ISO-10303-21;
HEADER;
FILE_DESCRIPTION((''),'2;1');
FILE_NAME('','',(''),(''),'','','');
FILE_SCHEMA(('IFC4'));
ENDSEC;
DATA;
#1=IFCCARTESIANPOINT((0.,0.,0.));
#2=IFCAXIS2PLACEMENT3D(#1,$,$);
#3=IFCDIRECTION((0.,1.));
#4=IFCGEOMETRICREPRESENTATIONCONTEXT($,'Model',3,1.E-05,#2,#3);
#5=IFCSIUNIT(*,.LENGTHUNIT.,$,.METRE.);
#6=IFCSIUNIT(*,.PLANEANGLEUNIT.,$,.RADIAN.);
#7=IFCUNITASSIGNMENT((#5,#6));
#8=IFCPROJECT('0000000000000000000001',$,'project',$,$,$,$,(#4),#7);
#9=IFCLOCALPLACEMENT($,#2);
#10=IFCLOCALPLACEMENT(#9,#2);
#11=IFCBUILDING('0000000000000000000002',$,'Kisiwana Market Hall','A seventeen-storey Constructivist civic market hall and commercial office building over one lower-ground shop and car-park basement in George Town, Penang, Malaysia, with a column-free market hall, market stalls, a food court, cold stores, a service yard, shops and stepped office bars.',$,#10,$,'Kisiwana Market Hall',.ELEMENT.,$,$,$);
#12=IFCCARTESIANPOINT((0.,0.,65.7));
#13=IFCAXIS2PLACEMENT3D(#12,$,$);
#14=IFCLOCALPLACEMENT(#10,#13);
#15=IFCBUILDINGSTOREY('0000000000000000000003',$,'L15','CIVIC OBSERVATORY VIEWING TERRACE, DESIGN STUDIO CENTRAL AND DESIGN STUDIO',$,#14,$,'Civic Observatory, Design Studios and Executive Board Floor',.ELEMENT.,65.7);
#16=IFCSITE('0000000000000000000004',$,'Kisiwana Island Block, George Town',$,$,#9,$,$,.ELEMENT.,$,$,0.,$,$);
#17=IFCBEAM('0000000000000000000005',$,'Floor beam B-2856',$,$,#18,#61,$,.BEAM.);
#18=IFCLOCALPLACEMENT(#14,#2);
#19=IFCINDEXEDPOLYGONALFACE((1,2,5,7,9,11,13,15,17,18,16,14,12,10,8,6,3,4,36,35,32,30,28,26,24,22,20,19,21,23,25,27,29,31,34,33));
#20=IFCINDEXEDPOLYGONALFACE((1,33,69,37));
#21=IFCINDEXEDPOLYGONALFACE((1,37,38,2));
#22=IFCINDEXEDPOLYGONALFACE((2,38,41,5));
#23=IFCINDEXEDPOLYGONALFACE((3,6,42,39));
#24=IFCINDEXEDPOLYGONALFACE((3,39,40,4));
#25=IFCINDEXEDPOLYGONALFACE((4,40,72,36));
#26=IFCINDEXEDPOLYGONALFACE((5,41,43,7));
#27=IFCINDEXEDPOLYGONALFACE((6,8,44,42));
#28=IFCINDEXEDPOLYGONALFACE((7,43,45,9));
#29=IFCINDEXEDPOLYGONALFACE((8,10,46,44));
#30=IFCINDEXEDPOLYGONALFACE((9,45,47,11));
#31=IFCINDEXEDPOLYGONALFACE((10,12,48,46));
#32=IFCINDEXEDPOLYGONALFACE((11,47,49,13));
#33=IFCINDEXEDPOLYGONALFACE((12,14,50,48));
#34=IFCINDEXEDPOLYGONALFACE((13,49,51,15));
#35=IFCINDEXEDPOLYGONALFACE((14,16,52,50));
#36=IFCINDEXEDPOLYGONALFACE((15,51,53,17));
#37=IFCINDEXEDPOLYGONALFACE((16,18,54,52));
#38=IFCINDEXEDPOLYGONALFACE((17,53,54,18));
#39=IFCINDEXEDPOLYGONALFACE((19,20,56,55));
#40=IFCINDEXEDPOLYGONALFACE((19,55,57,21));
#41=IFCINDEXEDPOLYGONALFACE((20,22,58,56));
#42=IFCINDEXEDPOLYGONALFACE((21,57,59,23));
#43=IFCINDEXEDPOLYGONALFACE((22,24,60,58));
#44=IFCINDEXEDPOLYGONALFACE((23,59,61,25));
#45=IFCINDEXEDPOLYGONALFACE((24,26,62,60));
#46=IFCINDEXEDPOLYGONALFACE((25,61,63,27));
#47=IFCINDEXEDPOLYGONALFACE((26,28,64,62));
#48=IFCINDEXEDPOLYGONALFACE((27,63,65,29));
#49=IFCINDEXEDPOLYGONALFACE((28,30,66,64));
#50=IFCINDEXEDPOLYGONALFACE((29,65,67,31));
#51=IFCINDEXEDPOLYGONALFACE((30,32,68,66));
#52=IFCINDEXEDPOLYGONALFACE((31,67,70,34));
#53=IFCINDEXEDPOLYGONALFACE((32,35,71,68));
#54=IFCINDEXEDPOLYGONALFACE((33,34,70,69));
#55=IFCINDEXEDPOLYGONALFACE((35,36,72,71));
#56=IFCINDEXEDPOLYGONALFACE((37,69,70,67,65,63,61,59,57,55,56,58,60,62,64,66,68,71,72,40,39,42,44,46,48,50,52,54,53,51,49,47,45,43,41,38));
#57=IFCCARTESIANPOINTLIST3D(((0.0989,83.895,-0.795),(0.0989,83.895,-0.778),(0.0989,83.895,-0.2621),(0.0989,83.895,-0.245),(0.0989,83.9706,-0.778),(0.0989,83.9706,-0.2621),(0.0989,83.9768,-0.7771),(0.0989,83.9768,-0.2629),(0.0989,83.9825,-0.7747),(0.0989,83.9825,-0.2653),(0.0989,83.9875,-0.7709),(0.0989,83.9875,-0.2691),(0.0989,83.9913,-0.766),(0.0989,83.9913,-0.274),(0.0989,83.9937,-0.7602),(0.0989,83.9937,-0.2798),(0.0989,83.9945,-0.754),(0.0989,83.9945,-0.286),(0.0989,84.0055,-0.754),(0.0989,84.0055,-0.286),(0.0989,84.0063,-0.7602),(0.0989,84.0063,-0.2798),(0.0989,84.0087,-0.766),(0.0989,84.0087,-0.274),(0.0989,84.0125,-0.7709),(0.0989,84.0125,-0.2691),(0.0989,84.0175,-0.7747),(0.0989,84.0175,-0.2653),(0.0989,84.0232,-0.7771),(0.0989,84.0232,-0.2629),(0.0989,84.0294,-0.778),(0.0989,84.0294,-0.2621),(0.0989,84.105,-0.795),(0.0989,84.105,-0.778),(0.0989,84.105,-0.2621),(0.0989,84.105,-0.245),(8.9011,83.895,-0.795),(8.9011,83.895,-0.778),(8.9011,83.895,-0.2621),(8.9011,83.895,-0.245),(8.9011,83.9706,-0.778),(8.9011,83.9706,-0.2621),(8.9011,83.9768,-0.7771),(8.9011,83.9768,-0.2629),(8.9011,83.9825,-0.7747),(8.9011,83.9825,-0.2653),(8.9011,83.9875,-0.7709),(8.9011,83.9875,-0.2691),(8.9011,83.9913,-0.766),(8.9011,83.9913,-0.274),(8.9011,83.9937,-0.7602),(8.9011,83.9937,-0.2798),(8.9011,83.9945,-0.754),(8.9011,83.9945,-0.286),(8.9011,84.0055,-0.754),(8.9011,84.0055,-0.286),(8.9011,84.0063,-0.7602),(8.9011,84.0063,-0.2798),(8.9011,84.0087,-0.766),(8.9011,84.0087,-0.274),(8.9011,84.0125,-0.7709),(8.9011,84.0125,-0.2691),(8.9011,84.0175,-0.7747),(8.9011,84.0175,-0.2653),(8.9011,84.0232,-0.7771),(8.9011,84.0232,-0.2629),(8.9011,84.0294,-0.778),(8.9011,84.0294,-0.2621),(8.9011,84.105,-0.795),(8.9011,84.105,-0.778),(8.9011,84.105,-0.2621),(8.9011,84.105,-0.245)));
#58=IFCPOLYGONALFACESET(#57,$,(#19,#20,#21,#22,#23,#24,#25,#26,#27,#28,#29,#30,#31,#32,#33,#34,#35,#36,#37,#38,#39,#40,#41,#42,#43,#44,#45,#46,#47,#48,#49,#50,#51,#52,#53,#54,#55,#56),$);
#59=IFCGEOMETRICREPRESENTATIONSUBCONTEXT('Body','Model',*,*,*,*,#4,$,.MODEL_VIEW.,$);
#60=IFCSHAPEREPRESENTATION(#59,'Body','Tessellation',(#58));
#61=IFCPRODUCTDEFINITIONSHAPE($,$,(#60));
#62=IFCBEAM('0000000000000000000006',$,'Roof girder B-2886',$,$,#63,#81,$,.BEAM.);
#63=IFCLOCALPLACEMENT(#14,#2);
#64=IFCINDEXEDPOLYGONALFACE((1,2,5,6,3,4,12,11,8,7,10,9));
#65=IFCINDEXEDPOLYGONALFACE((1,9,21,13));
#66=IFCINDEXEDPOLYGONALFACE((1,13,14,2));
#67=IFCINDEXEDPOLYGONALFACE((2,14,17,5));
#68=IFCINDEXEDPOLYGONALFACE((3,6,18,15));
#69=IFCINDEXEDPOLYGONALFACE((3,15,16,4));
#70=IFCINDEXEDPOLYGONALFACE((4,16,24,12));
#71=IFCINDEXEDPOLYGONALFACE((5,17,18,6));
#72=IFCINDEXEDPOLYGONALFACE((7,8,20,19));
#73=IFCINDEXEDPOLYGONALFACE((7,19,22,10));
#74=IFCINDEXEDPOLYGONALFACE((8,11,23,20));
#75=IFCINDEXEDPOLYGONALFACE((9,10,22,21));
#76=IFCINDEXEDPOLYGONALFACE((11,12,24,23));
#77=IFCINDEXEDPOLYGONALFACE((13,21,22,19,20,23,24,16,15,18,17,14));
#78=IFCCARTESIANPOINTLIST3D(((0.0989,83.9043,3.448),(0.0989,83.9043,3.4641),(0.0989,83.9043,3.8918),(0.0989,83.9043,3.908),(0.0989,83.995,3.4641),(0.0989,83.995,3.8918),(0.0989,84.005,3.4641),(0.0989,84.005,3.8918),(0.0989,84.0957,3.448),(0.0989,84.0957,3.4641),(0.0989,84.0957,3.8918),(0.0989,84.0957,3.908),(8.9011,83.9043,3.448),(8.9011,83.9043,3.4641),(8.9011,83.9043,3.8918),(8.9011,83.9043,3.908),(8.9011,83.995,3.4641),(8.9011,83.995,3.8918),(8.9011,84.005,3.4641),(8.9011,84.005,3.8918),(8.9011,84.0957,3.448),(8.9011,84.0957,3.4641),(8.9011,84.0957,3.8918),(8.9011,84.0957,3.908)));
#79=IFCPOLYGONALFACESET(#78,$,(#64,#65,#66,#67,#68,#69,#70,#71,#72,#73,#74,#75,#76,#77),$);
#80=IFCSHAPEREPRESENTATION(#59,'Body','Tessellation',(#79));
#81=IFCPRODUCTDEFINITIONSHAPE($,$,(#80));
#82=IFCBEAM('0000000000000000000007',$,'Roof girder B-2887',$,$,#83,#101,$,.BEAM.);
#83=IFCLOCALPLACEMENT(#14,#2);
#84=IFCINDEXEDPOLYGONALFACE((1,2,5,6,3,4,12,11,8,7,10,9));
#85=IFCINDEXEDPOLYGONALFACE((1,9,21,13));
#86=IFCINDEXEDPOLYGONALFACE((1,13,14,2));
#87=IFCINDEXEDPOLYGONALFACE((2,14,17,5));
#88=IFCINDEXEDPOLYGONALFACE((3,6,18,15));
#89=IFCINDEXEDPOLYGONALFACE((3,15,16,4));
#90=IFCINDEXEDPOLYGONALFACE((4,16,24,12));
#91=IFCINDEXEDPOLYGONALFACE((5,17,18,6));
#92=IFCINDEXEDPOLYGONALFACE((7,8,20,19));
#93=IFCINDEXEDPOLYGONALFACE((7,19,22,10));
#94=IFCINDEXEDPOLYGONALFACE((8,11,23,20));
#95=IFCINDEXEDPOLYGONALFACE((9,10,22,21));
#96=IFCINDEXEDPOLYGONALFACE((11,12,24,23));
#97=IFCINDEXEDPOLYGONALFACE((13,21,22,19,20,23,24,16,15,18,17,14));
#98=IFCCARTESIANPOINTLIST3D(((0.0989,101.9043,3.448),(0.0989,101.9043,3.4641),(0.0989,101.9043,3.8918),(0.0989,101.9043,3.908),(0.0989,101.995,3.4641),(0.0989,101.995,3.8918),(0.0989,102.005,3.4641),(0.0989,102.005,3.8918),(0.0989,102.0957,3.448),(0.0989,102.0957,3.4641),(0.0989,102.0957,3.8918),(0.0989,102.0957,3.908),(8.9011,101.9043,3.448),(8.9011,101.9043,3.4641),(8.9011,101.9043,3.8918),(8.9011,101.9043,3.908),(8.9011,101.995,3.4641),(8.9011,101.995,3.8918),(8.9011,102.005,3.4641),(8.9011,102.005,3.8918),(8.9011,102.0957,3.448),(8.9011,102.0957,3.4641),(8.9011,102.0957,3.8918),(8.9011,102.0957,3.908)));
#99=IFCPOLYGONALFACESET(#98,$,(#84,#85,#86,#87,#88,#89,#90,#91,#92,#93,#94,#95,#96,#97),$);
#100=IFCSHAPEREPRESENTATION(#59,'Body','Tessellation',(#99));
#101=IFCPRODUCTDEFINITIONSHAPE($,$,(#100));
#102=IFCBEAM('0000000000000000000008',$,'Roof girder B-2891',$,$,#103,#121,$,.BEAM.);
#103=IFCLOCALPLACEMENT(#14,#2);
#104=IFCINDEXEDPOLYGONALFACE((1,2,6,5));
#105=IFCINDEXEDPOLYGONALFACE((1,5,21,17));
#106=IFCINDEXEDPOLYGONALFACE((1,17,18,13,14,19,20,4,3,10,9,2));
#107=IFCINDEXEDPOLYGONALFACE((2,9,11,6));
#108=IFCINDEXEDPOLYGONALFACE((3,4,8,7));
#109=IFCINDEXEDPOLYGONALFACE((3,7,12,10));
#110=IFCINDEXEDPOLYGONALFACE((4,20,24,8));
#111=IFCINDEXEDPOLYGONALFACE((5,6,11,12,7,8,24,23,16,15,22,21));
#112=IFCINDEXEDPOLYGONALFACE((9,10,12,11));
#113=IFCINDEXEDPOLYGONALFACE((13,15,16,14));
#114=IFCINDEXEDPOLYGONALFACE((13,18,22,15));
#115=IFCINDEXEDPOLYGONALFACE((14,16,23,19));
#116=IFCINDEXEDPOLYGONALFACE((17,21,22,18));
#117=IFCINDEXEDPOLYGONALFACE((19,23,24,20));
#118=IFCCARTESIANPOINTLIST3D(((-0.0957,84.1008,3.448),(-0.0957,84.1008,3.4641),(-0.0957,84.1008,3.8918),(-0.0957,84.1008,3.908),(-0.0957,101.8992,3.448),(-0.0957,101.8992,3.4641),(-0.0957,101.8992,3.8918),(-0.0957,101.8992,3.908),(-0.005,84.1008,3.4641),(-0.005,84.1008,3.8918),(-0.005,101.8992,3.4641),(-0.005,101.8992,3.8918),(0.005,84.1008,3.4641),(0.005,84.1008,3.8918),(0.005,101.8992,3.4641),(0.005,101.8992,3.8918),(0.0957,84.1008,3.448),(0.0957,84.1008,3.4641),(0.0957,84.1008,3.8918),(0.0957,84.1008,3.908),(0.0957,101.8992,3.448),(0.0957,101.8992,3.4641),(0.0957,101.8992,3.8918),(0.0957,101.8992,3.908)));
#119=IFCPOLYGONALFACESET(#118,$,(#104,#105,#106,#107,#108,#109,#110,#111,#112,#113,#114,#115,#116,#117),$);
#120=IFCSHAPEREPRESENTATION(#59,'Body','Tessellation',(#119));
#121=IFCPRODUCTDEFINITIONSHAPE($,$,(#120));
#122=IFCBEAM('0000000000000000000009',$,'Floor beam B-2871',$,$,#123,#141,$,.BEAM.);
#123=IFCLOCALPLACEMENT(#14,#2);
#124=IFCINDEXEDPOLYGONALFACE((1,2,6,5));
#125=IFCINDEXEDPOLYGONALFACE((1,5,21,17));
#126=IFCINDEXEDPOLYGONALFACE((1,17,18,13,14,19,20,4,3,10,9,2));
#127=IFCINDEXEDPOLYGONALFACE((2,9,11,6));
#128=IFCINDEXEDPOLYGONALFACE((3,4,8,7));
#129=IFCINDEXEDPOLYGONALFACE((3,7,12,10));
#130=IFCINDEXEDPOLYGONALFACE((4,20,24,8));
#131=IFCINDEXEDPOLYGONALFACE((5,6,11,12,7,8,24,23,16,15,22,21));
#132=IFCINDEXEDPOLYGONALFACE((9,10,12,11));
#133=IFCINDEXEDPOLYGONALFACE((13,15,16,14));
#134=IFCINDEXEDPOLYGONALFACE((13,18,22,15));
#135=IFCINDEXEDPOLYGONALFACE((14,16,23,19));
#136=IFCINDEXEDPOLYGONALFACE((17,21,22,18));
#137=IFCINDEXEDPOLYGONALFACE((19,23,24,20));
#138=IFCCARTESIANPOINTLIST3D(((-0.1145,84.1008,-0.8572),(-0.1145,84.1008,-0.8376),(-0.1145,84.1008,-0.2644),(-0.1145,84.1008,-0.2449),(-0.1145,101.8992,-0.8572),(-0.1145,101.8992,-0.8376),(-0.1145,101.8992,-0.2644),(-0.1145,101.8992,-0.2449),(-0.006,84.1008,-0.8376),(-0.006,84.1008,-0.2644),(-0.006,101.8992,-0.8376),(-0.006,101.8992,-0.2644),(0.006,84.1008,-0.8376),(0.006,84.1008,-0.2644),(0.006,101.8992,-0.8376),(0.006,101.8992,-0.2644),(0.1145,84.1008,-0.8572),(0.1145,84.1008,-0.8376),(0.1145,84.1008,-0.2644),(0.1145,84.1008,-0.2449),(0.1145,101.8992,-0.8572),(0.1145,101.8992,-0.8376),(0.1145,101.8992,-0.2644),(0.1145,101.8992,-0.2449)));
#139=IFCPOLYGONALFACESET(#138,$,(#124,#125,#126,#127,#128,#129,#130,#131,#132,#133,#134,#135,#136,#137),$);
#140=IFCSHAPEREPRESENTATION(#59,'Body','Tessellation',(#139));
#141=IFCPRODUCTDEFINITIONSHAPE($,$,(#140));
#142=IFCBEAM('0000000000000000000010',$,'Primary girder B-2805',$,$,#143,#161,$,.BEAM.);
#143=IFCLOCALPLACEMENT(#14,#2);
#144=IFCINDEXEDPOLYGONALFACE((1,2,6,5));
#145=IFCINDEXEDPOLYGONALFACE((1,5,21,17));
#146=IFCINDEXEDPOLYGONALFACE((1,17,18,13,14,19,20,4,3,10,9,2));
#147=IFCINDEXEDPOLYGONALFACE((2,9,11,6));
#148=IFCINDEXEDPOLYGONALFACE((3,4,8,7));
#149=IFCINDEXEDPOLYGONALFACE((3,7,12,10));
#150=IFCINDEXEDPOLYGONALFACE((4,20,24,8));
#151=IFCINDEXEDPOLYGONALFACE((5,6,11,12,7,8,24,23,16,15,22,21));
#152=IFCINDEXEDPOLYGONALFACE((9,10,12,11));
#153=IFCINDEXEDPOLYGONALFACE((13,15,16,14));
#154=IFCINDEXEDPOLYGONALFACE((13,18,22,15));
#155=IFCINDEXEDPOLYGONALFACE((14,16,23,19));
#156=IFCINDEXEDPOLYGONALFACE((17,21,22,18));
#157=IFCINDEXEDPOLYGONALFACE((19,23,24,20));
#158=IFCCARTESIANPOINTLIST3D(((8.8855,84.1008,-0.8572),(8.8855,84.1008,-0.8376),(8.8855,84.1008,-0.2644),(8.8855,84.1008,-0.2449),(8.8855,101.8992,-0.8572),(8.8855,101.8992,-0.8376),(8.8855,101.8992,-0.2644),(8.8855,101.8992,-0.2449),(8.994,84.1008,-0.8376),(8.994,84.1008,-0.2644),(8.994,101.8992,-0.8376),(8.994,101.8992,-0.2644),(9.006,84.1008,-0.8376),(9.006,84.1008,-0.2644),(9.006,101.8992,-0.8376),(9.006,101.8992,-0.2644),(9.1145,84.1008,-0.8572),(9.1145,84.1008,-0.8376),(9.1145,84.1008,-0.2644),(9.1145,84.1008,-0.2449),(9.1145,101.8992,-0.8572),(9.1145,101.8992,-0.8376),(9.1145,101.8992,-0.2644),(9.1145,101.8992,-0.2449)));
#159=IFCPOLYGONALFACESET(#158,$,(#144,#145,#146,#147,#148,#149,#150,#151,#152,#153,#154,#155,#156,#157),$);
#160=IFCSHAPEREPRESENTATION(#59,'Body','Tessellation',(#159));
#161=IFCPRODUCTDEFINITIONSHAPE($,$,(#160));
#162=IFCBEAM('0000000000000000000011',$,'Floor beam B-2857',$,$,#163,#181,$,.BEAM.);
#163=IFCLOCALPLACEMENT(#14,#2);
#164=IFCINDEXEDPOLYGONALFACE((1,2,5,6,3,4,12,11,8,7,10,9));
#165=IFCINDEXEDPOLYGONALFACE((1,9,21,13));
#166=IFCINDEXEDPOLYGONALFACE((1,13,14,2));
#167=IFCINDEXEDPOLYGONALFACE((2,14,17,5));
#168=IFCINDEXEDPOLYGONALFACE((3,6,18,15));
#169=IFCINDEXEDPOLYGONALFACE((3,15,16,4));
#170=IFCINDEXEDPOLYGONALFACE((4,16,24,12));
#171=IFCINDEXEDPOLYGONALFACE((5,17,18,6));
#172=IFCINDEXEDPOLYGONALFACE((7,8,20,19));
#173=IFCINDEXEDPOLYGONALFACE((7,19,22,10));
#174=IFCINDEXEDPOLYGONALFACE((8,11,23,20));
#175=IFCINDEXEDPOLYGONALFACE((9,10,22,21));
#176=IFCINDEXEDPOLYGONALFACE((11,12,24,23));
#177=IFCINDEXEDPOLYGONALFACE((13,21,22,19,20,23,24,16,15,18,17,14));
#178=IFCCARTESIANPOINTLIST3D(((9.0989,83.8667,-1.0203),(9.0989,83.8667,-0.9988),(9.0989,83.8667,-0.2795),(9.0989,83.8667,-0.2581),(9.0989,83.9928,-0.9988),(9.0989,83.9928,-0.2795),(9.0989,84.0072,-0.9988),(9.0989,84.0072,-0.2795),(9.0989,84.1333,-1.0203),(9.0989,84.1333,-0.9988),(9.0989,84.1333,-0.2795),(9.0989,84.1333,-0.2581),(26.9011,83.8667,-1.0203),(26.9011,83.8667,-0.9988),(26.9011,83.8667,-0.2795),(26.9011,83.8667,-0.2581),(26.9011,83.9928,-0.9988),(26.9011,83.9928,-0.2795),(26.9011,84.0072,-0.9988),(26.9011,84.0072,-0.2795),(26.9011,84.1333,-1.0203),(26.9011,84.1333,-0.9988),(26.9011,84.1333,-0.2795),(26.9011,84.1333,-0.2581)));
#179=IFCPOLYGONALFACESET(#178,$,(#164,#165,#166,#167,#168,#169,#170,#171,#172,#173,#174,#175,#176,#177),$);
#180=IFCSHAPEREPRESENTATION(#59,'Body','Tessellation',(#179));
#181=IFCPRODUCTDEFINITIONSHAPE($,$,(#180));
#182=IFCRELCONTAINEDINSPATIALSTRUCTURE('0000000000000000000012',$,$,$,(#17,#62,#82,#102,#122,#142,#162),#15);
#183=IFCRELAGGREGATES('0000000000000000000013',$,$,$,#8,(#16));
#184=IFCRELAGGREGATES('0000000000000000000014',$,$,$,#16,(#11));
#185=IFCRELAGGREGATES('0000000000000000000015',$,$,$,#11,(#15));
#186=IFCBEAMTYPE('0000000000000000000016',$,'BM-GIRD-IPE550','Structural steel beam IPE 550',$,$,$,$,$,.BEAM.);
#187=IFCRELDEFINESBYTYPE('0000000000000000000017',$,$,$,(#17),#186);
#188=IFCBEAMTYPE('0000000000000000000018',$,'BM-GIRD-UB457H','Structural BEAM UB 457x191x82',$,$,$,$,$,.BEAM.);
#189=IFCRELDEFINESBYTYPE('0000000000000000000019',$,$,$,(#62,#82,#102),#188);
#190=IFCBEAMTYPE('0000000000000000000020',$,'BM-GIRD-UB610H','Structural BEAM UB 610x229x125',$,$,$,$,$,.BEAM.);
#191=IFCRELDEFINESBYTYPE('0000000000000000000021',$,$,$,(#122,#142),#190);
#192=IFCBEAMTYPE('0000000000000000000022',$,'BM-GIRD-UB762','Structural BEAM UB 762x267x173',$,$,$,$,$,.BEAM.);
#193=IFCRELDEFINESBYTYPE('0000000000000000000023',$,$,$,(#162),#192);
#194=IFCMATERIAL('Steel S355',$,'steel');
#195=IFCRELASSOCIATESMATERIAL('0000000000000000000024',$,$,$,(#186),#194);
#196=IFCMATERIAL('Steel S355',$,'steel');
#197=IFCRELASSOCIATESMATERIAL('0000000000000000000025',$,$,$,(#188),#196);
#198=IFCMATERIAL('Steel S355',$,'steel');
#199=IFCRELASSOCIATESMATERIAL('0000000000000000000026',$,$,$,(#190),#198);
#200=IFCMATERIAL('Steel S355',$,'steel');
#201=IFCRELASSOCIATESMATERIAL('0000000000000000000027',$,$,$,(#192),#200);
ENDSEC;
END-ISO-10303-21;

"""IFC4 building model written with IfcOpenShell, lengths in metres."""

from ifc_helpers import new_model, si_unit, direction, frame, origin, origin_2d, place, context, subcontext, project, spatial, i_section, extrude, material, material_profile, profile_set, type_object, element, save


model = new_model("IFC4")

# Units and contexts
model_context = context("Model", 3, precision=1e-05, world=origin(), true_north=direction((0.0, 1.0)))
body_context = subcontext(model_context, "Body", "Model", "MODEL_VIEW")
ifc_project = project(units=[si_unit("LENGTHUNIT", "METRE"), si_unit("PLANEANGLEUNIT", "RADIAN")], contexts=[model_context])

# Site, building, storey
site_placement = place(None, origin())
site = spatial("IfcSite", under=ifc_project, at=site_placement, Name="Kisiwana Island Block, George Town", CompositionType="ELEMENT", RefElevation=0.0)
building_placement = place(site_placement, origin())
building = spatial("IfcBuilding", under=site, at=building_placement, Name="Kisiwana Market Hall", Description="A seventeen-storey Constructivist civic market hall and commercial office building over one lower-ground shop and car-park basement in George Town, Penang, Malaysia, with a column-free market hall, market stalls, a food court, cold stores, a service yard, shops and stepped office bars.", LongName="Kisiwana Market Hall", CompositionType="ELEMENT")
storey_placement = place(building_placement, frame((0.0, 0.0, 65.7)))
storey = spatial("IfcBuildingStorey", under=building, at=storey_placement, Name="L15", Description="CIVIC OBSERVATORY VIEWING TERRACE, DESIGN STUDIO CENTRAL AND DESIGN STUDIO", LongName="Civic Observatory, Design Studios and Executive Board Floor", CompositionType="ELEMENT", Elevation=65.7)

# Beams
ifc_material_1 = material(Name="Steel S355", Category="steel")
ifc_material_profile_1 = material_profile(ifc_material_1, i_section(OverallWidth=0.21, OverallDepth=0.55, WebThickness=0.011, FlangeThickness=0.0171, FilletRadius=0.0239, at=origin_2d()), Name="IPE 550")
ifc_profile_set_1 = profile_set([ifc_material_profile_1], Name="Steel S355")
beam_type_1 = type_object("IfcBeamType", Name="BM-GIRD-IPE550", Description="Structural steel beam IPE 550", PredefinedType="BEAM", material=ifc_profile_set_1)
beam_1_placement = place(storey_placement, frame((0.0989, 84.0, -0.52), z_axis=(1.0, 0.0, 0.0), x_axis=(0.0, 1.0, 0.0)))
element("IfcBeam", 1, at=beam_1_placement, inside=storey, type_object=beam_type_1, Name="Floor beam B-2856", PredefinedType="BEAM", context=body_context, shape_type="SweptSolid", body=[
    extrude(i_section(OverallWidth=0.21, OverallDepth=0.55, WebThickness=0.011, FlangeThickness=0.0171, FilletRadius=0.0239, at=origin_2d()), origin(), (0.0, 0.0, 1.0), 8.8022),
])
ifc_material_2 = material(Name="Steel S355", Category="steel")
ifc_material_profile_2 = material_profile(ifc_material_2, i_section(OverallWidth=0.1914, OverallDepth=0.46, WebThickness=0.01, FlangeThickness=0.0161, at=origin_2d()), Name="UB 457x191x82")
ifc_profile_set_2 = profile_set([ifc_material_profile_2], Name="Steel S355")
beam_type_2 = type_object("IfcBeamType", Name="BM-GIRD-UB457H", Description="Structural BEAM UB 457x191x82", PredefinedType="BEAM", material=ifc_profile_set_2)
for number, where, z_axis, x_axis, name in (
    (2, (0.0989, 84.0, 3.678), (1.0, 0.0, 0.0), (0.0, 1.0, 0.0), "Roof girder B-2886"),
    (3, (0.0989, 102.0, 3.678), (1.0, 0.0, 0.0), (0.0, 1.0, 0.0), "Roof girder B-2887"),
):
    element("IfcBeam", number, at=place(storey_placement, frame(where, z_axis=z_axis, x_axis=x_axis)), inside=storey, type_object=beam_type_2, Name=name, PredefinedType="BEAM", context=body_context, shape_type="SweptSolid", body=[
        extrude(i_section(OverallWidth=0.1914, OverallDepth=0.46, WebThickness=0.01, FlangeThickness=0.0161, at=origin_2d()), origin(), (0.0, 0.0, 1.0), 8.8022),
    ])
beam_2_placement = place(storey_placement, frame((0.0, 84.1008, 3.678), z_axis=(0.0, 1.0, 0.0), x_axis=(-1.0, 0.0, 0.0)))
element("IfcBeam", 4, at=beam_2_placement, inside=storey, type_object=beam_type_2, Name="Roof girder B-2891", PredefinedType="BEAM", context=body_context, shape_type="SweptSolid", body=[
    extrude(i_section(OverallWidth=0.1914, OverallDepth=0.46, WebThickness=0.01, FlangeThickness=0.0161, at=origin_2d()), origin(), (0.0, 0.0, 1.0), 17.7983),
])
ifc_material_3 = material(Name="Steel S355", Category="steel")
ifc_material_profile_3 = material_profile(ifc_material_3, i_section(OverallWidth=0.229, OverallDepth=0.6123, WebThickness=0.012, FlangeThickness=0.0195, at=origin_2d()), Name="UB 610x229x125")
ifc_profile_set_3 = profile_set([ifc_material_profile_3], Name="Steel S355")
beam_type_3 = type_object("IfcBeamType", Name="BM-GIRD-UB610H", Description="Structural BEAM UB 610x229x125", PredefinedType="BEAM", material=ifc_profile_set_3)
for number, where, z_axis, x_axis, name in (
    (5, (0.0, 84.1008, -0.551), (0.0, 1.0, 0.0), (-1.0, 0.0, 0.0), "Floor beam B-2871"),
    (6, (9.0, 84.1008, -0.551), (0.0, 1.0, 0.0), (-1.0, 0.0, 0.0), "Primary girder B-2805"),
):
    element("IfcBeam", number, at=place(storey_placement, frame(where, z_axis=z_axis, x_axis=x_axis)), inside=storey, type_object=beam_type_3, Name=name, PredefinedType="BEAM", context=body_context, shape_type="SweptSolid", body=[
        extrude(i_section(OverallWidth=0.229, OverallDepth=0.6123, WebThickness=0.012, FlangeThickness=0.0195, at=origin_2d()), origin(), (0.0, 0.0, 1.0), 17.7983),
    ])
ifc_material_4 = material(Name="Steel S355", Category="steel")
ifc_material_profile_4 = material_profile(ifc_material_4, i_section(OverallWidth=0.2666, OverallDepth=0.7622, WebThickness=0.0144, FlangeThickness=0.0215, at=origin_2d()), Name="UB 762x267x173")
ifc_profile_set_4 = profile_set([ifc_material_profile_4], Name="Steel S355")
beam_type_4 = type_object("IfcBeamType", Name="BM-GIRD-UB762", Description="Structural BEAM UB 762x267x173", PredefinedType="BEAM", material=ifc_profile_set_4)
for number, where, z_axis, x_axis, name in (
    (7, (9.0989, 84.0, -0.6392), (1.0, 0.0, 0.0), (0.0, 1.0, 0.0), "Floor beam B-2857"),
):
    element("IfcBeam", number, at=place(storey_placement, frame(where, z_axis=z_axis, x_axis=x_axis)), inside=storey, type_object=beam_type_4, Name=name, PredefinedType="BEAM", context=body_context, shape_type="SweptSolid", body=[
        extrude(i_section(OverallWidth=0.2666, OverallDepth=0.7622, WebThickness=0.0144, FlangeThickness=0.0215, at=origin_2d()), origin(), (0.0, 0.0, 1.0), 17.8022),
    ])

save(model, "model.ifc")
